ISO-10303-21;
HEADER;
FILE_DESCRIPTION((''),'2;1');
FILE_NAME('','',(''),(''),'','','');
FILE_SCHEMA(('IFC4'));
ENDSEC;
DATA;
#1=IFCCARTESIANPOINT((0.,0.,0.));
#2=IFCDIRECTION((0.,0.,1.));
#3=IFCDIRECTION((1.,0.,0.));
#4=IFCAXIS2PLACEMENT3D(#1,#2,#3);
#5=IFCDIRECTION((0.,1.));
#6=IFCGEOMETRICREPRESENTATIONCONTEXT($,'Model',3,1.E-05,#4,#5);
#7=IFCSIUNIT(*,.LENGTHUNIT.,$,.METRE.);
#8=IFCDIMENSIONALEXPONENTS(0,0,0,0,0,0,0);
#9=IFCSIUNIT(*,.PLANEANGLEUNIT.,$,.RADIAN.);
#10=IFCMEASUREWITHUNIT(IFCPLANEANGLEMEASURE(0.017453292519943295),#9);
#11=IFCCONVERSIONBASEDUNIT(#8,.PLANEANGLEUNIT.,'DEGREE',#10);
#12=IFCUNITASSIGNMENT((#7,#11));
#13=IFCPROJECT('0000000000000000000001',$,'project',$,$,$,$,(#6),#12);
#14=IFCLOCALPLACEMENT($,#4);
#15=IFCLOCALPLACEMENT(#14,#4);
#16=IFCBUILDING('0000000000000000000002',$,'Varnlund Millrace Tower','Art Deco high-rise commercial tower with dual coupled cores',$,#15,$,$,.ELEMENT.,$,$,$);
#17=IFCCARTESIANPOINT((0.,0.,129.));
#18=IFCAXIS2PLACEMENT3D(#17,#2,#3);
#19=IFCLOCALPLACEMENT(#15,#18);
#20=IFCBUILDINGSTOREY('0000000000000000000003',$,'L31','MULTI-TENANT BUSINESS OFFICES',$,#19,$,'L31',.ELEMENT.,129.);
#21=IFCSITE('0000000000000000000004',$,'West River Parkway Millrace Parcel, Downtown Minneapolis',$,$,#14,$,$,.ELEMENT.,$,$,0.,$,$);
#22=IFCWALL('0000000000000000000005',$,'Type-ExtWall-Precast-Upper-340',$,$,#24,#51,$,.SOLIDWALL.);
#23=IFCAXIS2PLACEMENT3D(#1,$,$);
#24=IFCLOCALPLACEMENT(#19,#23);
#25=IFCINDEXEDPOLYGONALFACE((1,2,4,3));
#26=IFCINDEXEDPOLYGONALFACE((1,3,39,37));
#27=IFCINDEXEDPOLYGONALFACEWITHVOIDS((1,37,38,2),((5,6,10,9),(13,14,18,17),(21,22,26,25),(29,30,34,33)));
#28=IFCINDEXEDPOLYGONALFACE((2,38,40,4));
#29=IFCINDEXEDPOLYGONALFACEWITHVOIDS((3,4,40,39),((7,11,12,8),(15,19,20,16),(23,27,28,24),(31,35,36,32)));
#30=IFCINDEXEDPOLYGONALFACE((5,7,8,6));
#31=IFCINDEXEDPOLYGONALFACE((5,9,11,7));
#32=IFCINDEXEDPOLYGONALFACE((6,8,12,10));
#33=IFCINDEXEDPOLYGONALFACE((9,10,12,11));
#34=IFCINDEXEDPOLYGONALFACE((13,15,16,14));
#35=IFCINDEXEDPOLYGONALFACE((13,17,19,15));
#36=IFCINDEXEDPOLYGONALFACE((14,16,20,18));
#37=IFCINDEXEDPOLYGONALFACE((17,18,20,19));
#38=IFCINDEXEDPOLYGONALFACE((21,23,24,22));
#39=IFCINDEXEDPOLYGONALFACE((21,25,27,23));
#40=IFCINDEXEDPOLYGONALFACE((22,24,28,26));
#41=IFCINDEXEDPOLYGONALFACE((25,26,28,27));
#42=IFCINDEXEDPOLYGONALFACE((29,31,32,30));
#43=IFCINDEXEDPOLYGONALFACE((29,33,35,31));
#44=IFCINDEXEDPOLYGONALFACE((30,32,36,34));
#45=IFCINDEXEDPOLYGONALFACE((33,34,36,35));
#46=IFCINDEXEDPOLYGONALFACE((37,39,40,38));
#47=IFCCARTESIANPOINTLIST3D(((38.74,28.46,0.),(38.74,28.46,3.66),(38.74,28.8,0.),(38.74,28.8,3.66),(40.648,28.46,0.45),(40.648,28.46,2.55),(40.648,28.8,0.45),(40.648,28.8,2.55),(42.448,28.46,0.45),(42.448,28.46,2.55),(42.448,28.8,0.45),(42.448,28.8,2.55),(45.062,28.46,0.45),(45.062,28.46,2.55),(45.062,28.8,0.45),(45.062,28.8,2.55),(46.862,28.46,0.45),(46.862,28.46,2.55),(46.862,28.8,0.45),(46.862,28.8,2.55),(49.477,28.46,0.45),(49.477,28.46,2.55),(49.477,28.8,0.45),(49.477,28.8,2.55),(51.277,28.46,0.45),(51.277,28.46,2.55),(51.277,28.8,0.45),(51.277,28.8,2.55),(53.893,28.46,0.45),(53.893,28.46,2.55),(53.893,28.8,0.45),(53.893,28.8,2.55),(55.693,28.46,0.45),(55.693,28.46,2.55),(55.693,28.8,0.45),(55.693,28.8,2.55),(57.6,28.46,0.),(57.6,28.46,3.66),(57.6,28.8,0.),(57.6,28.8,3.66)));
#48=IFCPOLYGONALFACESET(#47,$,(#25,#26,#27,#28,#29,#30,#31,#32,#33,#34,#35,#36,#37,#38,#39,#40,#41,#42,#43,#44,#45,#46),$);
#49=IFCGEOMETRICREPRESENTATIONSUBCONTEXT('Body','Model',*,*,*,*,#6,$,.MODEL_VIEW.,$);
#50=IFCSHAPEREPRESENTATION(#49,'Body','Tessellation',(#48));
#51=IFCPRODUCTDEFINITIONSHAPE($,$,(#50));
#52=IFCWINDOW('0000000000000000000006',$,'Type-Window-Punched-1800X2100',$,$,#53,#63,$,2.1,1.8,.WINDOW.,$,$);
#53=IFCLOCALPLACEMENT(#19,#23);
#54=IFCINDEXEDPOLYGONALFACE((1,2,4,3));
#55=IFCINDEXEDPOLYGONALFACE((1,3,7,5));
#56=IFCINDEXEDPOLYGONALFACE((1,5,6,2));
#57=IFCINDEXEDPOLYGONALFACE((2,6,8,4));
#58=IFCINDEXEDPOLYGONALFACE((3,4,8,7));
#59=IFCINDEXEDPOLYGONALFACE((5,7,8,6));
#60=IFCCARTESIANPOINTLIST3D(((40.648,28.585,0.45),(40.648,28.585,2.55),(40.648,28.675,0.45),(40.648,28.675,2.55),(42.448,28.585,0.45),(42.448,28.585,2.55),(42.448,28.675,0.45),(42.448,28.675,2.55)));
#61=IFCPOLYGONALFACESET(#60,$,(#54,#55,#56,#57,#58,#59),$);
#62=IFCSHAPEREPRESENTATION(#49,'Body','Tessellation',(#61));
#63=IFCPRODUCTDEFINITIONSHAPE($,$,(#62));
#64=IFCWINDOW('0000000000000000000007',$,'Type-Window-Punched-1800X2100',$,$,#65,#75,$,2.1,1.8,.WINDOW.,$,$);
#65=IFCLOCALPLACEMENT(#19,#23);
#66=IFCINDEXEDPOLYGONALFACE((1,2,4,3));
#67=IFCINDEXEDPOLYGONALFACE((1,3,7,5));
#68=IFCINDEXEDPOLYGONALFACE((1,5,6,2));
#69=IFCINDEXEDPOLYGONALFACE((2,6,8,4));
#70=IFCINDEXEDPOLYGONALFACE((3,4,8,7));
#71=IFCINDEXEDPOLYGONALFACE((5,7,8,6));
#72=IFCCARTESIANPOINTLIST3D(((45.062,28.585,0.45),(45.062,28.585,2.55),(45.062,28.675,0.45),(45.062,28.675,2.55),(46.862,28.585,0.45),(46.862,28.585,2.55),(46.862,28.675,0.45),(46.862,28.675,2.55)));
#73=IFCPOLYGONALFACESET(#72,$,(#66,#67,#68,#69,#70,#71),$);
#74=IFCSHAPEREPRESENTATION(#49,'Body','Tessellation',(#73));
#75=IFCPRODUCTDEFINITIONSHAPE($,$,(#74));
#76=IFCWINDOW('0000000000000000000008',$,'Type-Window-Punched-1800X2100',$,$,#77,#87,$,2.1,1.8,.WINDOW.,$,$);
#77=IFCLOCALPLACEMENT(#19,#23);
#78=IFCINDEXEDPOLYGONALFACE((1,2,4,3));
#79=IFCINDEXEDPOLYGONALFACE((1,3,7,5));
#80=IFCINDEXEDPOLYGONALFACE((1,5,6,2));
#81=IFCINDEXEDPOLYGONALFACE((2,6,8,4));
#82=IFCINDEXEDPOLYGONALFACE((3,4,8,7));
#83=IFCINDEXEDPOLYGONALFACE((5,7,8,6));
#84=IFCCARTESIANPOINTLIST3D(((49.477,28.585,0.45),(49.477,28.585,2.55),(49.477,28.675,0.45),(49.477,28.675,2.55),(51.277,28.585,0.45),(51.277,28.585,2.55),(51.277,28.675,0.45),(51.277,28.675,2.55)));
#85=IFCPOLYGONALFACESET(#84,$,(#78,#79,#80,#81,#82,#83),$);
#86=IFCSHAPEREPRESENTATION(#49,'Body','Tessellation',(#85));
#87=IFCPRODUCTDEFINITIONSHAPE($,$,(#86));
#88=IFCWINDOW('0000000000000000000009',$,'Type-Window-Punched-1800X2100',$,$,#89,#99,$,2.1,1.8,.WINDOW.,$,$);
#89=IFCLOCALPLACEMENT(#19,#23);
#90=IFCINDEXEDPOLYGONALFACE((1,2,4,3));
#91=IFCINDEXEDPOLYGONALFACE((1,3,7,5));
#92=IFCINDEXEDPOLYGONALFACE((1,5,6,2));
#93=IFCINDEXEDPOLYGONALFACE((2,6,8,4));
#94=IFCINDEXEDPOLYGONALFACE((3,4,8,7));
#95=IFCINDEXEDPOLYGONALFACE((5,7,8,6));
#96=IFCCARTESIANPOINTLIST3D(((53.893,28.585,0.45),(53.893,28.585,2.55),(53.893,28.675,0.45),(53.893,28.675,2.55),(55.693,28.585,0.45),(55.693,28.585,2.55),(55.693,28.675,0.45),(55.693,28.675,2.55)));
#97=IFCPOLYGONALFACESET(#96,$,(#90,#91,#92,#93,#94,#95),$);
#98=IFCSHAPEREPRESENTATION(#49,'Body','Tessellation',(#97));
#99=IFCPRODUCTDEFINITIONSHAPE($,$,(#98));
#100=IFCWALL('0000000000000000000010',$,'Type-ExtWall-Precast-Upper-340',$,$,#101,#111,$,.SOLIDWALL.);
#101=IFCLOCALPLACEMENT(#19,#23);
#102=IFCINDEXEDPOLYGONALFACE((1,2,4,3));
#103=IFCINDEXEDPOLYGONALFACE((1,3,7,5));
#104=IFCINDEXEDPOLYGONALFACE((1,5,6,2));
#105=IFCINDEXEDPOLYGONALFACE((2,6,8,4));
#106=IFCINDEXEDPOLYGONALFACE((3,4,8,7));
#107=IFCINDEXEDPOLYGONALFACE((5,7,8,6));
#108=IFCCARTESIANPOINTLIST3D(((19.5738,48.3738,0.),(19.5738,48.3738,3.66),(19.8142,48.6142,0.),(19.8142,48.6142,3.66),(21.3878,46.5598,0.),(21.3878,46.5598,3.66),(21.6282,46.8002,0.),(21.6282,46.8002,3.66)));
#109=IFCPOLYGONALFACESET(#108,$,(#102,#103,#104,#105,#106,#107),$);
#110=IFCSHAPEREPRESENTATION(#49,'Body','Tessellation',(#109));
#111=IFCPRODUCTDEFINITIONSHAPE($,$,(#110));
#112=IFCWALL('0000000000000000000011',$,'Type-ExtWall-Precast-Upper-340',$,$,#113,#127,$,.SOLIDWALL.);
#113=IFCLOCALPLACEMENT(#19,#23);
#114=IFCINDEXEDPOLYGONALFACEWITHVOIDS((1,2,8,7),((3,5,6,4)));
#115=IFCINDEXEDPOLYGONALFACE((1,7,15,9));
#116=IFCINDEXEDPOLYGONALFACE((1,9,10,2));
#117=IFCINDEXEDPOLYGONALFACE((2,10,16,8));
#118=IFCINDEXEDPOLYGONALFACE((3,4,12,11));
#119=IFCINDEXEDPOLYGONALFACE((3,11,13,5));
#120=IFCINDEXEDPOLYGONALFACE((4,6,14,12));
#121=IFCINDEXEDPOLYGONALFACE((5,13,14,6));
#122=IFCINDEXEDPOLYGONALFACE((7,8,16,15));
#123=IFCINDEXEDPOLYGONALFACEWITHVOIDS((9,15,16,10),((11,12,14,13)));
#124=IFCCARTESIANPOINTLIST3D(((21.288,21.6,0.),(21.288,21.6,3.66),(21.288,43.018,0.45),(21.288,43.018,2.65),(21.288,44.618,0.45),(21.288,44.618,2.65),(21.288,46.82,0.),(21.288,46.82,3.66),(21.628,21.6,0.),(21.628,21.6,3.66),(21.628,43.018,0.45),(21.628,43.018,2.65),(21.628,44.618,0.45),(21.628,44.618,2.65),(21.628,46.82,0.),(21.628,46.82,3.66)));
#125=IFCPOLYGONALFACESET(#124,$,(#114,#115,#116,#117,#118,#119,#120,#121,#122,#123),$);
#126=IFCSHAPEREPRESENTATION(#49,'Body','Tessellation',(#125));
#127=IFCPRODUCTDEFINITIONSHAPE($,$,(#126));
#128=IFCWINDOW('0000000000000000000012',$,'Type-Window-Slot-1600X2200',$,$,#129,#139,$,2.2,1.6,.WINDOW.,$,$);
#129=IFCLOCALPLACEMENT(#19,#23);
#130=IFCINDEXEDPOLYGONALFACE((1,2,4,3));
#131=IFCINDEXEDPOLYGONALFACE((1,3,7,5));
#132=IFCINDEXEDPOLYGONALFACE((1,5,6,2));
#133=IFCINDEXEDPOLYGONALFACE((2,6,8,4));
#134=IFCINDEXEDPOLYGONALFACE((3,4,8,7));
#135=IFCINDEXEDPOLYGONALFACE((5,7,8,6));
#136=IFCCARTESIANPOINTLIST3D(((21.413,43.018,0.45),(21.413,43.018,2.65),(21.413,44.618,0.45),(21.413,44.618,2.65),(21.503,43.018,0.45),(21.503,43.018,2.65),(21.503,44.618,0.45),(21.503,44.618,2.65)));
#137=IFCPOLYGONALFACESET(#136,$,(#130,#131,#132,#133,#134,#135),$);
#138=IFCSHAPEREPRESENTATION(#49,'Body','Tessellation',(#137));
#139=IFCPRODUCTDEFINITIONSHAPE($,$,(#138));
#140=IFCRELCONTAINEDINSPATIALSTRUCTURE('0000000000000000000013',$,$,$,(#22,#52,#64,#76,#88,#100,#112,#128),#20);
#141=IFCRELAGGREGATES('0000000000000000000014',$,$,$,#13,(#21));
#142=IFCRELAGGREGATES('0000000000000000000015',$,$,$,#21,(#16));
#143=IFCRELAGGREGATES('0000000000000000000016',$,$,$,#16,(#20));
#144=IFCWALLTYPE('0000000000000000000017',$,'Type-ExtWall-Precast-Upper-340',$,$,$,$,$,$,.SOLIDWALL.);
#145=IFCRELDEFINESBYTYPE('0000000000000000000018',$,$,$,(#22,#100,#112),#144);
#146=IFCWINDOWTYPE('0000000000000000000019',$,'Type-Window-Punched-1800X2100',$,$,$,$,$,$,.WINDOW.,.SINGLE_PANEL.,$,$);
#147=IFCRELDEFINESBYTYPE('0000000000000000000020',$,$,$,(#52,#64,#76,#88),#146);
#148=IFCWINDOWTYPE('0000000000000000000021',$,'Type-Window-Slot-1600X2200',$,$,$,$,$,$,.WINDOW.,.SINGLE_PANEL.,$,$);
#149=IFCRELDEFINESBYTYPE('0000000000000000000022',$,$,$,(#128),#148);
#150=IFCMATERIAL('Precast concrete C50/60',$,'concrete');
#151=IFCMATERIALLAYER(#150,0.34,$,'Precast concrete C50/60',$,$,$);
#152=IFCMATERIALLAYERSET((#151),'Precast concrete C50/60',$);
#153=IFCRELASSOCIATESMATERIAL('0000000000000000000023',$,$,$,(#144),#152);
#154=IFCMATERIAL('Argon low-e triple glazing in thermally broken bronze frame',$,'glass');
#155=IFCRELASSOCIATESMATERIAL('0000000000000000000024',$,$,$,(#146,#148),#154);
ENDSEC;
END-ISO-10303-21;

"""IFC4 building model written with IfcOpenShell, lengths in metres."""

from ifc_helpers import new_model, entity, si_unit, converted_unit, direction, frame, origin_with_axes, origin_2d_with_axis, place, context, subcontext, project, spatial, polyline, rectangle, outline, extrude, material, layer, layer_set, type_object, element, fill, save


model = new_model("IFC4")

# Units and contexts
model_context = context("Model", 3, precision=1e-05, world=origin_with_axes(), true_north=direction((0.0, 1.0)))
body_context = subcontext(model_context, "Body", "Model", "MODEL_VIEW")
ifc_project = project(units=[si_unit("LENGTHUNIT", "METRE"), converted_unit("PLANEANGLEUNIT", "DEGREE", entity("IfcPlaneAngleMeasure", 0.017453292519943295), si_unit("PLANEANGLEUNIT", "RADIAN"), dimensions=[0, 0, 0, 0, 0, 0, 0])], contexts=[model_context])

# Site, building, storey
site_placement = place(None, origin_with_axes())
site = spatial("IfcSite", under=ifc_project, at=site_placement, Name="West River Parkway Millrace Parcel, Downtown Minneapolis", CompositionType="ELEMENT", RefElevation=0.0)
building_placement = place(site_placement, origin_with_axes())
building = spatial("IfcBuilding", under=site, at=building_placement, Name="Varnlund Millrace Tower", Description="Art Deco high-rise commercial tower with dual coupled cores", CompositionType="ELEMENT")
storey_placement = place(building_placement, frame((0.0, 0.0, 129.0), z_axis=(0.0, 0.0, 1.0), x_axis=(1.0, 0.0, 0.0)))
storey = spatial("IfcBuildingStorey", under=building, at=storey_placement, Name="L31", Description="MULTI-TENANT BUSINESS OFFICES", LongName="L31", CompositionType="ELEMENT", Elevation=129.0)

# Shared definitions
ifc_material_1 = material(Name="Precast concrete C50/60", Category="concrete")
ifc_layer_1 = layer(ifc_material_1, 0.34, Name="Precast concrete C50/60")
ifc_layer_set_1 = layer_set([ifc_layer_1], Name="Precast concrete C50/60")
wall_type_1 = type_object("IfcWallType", Name="Type-ExtWall-Precast-Upper-340", PredefinedType="SOLIDWALL", material=ifc_layer_set_1)

# Wall, openings, windows
wall_1_placement = place(storey_placement, frame((38.74, 28.63, 0.0), z_axis=(0.0, 0.0, 1.0), x_axis=(1.0, 0.0, 0.0)))
wall_1 = element("IfcWall", 1, at=wall_1_placement, inside=storey, type_object=wall_type_1, Name="Type-ExtWall-Precast-Upper-340", PredefinedType="SOLIDWALL", context=body_context, shape_type="SweptSolid", body=[
    extrude(outline(polyline([(0.0, -0.17), (18.86, -0.17), (18.86, 0.17), (0.0, 0.17), (0.0, -0.17)])), origin_with_axes(), (0.0, 0.0, 1.0), 3.66),
])
opening_1_placement = place(wall_1_placement, frame((2.808, 0.0, 0.45), z_axis=(0.0, 0.0, 1.0), x_axis=(1.0, 0.0, 0.0)))
opening_1 = element("IfcOpeningElement", 2, at=opening_1_placement, cuts=wall_1, PredefinedType="OPENING", context=body_context, shape_type="SweptSolid", body=[
    extrude(rectangle(XDim=1.8, YDim=0.36, at=origin_2d_with_axis()), origin_with_axes(), (0.0, 0.0, 1.0), 2.1),
])
opening_2_placement = place(wall_1_placement, frame((7.222, 0.0, 0.45), z_axis=(0.0, 0.0, 1.0), x_axis=(1.0, 0.0, 0.0)))
opening_2 = element("IfcOpeningElement", 3, at=opening_2_placement, cuts=wall_1, PredefinedType="OPENING", context=body_context, shape_type="SweptSolid", body=[
    extrude(rectangle(XDim=1.8, YDim=0.36, at=origin_2d_with_axis()), origin_with_axes(), (0.0, 0.0, 1.0), 2.1),
])
opening_3_placement = place(wall_1_placement, frame((11.637, 0.0, 0.45), z_axis=(0.0, 0.0, 1.0), x_axis=(1.0, 0.0, 0.0)))
opening_3 = element("IfcOpeningElement", 4, at=opening_3_placement, cuts=wall_1, PredefinedType="OPENING", context=body_context, shape_type="SweptSolid", body=[
    extrude(rectangle(XDim=1.8, YDim=0.36, at=origin_2d_with_axis()), origin_with_axes(), (0.0, 0.0, 1.0), 2.1),
])
opening_4_placement = place(wall_1_placement, frame((16.053, 0.0, 0.45), z_axis=(0.0, 0.0, 1.0), x_axis=(1.0, 0.0, 0.0)))
opening_4 = element("IfcOpeningElement", 5, at=opening_4_placement, cuts=wall_1, PredefinedType="OPENING", context=body_context, shape_type="SweptSolid", body=[
    extrude(rectangle(XDim=1.8, YDim=0.36, at=origin_2d_with_axis()), origin_with_axes(), (0.0, 0.0, 1.0), 2.1),
])
ifc_material_2 = material(Name="Argon low-e triple glazing in thermally broken bronze frame", Category="glass")
window_type_1 = type_object("IfcWindowType", Name="Type-Window-Punched-1800X2100", PartitioningType="SINGLE_PANEL", PredefinedType="WINDOW", material=ifc_material_2)
window_1_placement = place(wall_1_placement, frame((2.808, 0.0, 0.45), z_axis=(0.0, 0.0, 1.0), x_axis=(1.0, 0.0, 0.0)))
window_1 = element("IfcWindow", 6, at=window_1_placement, inside=storey, type_object=window_type_1, Name="Type-Window-Punched-1800X2100", OverallHeight=2.1, OverallWidth=1.8, PredefinedType="WINDOW", context=body_context, shape_type="SweptSolid", body=[
    extrude(rectangle(XDim=1.8, YDim=0.09, at=origin_2d_with_axis()), origin_with_axes(), (0.0, 0.0, 1.0), 2.1),
])
fill(opening_1, window_1)
window_2_placement = place(wall_1_placement, frame((7.222, 0.0, 0.45), z_axis=(0.0, 0.0, 1.0), x_axis=(1.0, 0.0, 0.0)))
window_2 = element("IfcWindow", 7, at=window_2_placement, inside=storey, type_object=window_type_1, Name="Type-Window-Punched-1800X2100", OverallHeight=2.1, OverallWidth=1.8, PredefinedType="WINDOW", context=body_context, shape_type="SweptSolid", body=[
    extrude(rectangle(XDim=1.8, YDim=0.09, at=origin_2d_with_axis()), origin_with_axes(), (0.0, 0.0, 1.0), 2.1),
])
fill(opening_2, window_2)
window_3_placement = place(wall_1_placement, frame((11.637, 0.0, 0.45), z_axis=(0.0, 0.0, 1.0), x_axis=(1.0, 0.0, 0.0)))
window_3 = element("IfcWindow", 8, at=window_3_placement, inside=storey, type_object=window_type_1, Name="Type-Window-Punched-1800X2100", OverallHeight=2.1, OverallWidth=1.8, PredefinedType="WINDOW", context=body_context, shape_type="SweptSolid", body=[
    extrude(rectangle(XDim=1.8, YDim=0.09, at=origin_2d_with_axis()), origin_with_axes(), (0.0, 0.0, 1.0), 2.1),
])
fill(opening_3, window_3)
window_4_placement = place(wall_1_placement, frame((16.053, 0.0, 0.45), z_axis=(0.0, 0.0, 1.0), x_axis=(1.0, 0.0, 0.0)))
window_4 = element("IfcWindow", 9, at=window_4_placement, inside=storey, type_object=window_type_1, Name="Type-Window-Punched-1800X2100", OverallHeight=2.1, OverallWidth=1.8, PredefinedType="WINDOW", context=body_context, shape_type="SweptSolid", body=[
    extrude(rectangle(XDim=1.8, YDim=0.09, at=origin_2d_with_axis()), origin_with_axes(), (0.0, 0.0, 1.0), 2.1),
])
fill(opening_4, window_4)

# Wall
wall_2_placement = place(storey_placement, frame((19.694, 48.494, 0.0), z_axis=(0.0, 0.0, 1.0), x_axis=(0.707107, -0.707107, 0.0)))
element("IfcWall", 10, at=wall_2_placement, inside=storey, type_object=wall_type_1, Name="Type-ExtWall-Precast-Upper-340", PredefinedType="SOLIDWALL", context=body_context, shape_type="SweptSolid", body=[
    extrude(outline(polyline([(0.0, -0.17), (2.5654, -0.17), (2.5654, 0.17), (0.0, 0.17), (0.0, -0.17)])), origin_with_axes(), (0.0, 0.0, 1.0), 3.66),
])

# Wall, opening, window
wall_3_placement = place(storey_placement, frame((21.458, 46.82, 0.0), z_axis=(0.0, 0.0, 1.0), x_axis=(0.0, -1.0, 0.0)))
wall_3 = element("IfcWall", 11, at=wall_3_placement, inside=storey, type_object=wall_type_1, Name="Type-ExtWall-Precast-Upper-340", PredefinedType="SOLIDWALL", context=body_context, shape_type="SweptSolid", body=[
    extrude(outline(polyline([(0.0, -0.17), (25.22, -0.17), (25.22, 0.17), (0.0, 0.17), (0.0, -0.17)])), origin_with_axes(), (0.0, 0.0, 1.0), 3.66),
])
opening_5_placement = place(wall_3_placement, frame((3.002, 0.0, 0.45), z_axis=(0.0, 0.0, 1.0), x_axis=(1.0, 0.0, 0.0)))
opening_5 = element("IfcOpeningElement", 12, at=opening_5_placement, cuts=wall_3, PredefinedType="OPENING", context=body_context, shape_type="SweptSolid", body=[
    extrude(rectangle(XDim=1.6, YDim=0.36, at=origin_2d_with_axis()), origin_with_axes(), (0.0, 0.0, 1.0), 2.2),
])
window_type_2 = type_object("IfcWindowType", Name="Type-Window-Slot-1600X2200", PartitioningType="SINGLE_PANEL", PredefinedType="WINDOW", material=ifc_material_2)
window_5_placement = place(wall_3_placement, frame((3.002, 0.0, 0.45), z_axis=(0.0, 0.0, 1.0), x_axis=(1.0, 0.0, 0.0)))
window_5 = element("IfcWindow", 13, at=window_5_placement, inside=storey, type_object=window_type_2, Name="Type-Window-Slot-1600X2200", OverallHeight=2.2, OverallWidth=1.6, PredefinedType="WINDOW", context=body_context, shape_type="SweptSolid", body=[
    extrude(rectangle(XDim=1.6, YDim=0.09, at=origin_2d_with_axis()), origin_with_axes(), (0.0, 0.0, 1.0), 2.2),
])
fill(opening_5, window_5)

save(model, "model.ifc")
